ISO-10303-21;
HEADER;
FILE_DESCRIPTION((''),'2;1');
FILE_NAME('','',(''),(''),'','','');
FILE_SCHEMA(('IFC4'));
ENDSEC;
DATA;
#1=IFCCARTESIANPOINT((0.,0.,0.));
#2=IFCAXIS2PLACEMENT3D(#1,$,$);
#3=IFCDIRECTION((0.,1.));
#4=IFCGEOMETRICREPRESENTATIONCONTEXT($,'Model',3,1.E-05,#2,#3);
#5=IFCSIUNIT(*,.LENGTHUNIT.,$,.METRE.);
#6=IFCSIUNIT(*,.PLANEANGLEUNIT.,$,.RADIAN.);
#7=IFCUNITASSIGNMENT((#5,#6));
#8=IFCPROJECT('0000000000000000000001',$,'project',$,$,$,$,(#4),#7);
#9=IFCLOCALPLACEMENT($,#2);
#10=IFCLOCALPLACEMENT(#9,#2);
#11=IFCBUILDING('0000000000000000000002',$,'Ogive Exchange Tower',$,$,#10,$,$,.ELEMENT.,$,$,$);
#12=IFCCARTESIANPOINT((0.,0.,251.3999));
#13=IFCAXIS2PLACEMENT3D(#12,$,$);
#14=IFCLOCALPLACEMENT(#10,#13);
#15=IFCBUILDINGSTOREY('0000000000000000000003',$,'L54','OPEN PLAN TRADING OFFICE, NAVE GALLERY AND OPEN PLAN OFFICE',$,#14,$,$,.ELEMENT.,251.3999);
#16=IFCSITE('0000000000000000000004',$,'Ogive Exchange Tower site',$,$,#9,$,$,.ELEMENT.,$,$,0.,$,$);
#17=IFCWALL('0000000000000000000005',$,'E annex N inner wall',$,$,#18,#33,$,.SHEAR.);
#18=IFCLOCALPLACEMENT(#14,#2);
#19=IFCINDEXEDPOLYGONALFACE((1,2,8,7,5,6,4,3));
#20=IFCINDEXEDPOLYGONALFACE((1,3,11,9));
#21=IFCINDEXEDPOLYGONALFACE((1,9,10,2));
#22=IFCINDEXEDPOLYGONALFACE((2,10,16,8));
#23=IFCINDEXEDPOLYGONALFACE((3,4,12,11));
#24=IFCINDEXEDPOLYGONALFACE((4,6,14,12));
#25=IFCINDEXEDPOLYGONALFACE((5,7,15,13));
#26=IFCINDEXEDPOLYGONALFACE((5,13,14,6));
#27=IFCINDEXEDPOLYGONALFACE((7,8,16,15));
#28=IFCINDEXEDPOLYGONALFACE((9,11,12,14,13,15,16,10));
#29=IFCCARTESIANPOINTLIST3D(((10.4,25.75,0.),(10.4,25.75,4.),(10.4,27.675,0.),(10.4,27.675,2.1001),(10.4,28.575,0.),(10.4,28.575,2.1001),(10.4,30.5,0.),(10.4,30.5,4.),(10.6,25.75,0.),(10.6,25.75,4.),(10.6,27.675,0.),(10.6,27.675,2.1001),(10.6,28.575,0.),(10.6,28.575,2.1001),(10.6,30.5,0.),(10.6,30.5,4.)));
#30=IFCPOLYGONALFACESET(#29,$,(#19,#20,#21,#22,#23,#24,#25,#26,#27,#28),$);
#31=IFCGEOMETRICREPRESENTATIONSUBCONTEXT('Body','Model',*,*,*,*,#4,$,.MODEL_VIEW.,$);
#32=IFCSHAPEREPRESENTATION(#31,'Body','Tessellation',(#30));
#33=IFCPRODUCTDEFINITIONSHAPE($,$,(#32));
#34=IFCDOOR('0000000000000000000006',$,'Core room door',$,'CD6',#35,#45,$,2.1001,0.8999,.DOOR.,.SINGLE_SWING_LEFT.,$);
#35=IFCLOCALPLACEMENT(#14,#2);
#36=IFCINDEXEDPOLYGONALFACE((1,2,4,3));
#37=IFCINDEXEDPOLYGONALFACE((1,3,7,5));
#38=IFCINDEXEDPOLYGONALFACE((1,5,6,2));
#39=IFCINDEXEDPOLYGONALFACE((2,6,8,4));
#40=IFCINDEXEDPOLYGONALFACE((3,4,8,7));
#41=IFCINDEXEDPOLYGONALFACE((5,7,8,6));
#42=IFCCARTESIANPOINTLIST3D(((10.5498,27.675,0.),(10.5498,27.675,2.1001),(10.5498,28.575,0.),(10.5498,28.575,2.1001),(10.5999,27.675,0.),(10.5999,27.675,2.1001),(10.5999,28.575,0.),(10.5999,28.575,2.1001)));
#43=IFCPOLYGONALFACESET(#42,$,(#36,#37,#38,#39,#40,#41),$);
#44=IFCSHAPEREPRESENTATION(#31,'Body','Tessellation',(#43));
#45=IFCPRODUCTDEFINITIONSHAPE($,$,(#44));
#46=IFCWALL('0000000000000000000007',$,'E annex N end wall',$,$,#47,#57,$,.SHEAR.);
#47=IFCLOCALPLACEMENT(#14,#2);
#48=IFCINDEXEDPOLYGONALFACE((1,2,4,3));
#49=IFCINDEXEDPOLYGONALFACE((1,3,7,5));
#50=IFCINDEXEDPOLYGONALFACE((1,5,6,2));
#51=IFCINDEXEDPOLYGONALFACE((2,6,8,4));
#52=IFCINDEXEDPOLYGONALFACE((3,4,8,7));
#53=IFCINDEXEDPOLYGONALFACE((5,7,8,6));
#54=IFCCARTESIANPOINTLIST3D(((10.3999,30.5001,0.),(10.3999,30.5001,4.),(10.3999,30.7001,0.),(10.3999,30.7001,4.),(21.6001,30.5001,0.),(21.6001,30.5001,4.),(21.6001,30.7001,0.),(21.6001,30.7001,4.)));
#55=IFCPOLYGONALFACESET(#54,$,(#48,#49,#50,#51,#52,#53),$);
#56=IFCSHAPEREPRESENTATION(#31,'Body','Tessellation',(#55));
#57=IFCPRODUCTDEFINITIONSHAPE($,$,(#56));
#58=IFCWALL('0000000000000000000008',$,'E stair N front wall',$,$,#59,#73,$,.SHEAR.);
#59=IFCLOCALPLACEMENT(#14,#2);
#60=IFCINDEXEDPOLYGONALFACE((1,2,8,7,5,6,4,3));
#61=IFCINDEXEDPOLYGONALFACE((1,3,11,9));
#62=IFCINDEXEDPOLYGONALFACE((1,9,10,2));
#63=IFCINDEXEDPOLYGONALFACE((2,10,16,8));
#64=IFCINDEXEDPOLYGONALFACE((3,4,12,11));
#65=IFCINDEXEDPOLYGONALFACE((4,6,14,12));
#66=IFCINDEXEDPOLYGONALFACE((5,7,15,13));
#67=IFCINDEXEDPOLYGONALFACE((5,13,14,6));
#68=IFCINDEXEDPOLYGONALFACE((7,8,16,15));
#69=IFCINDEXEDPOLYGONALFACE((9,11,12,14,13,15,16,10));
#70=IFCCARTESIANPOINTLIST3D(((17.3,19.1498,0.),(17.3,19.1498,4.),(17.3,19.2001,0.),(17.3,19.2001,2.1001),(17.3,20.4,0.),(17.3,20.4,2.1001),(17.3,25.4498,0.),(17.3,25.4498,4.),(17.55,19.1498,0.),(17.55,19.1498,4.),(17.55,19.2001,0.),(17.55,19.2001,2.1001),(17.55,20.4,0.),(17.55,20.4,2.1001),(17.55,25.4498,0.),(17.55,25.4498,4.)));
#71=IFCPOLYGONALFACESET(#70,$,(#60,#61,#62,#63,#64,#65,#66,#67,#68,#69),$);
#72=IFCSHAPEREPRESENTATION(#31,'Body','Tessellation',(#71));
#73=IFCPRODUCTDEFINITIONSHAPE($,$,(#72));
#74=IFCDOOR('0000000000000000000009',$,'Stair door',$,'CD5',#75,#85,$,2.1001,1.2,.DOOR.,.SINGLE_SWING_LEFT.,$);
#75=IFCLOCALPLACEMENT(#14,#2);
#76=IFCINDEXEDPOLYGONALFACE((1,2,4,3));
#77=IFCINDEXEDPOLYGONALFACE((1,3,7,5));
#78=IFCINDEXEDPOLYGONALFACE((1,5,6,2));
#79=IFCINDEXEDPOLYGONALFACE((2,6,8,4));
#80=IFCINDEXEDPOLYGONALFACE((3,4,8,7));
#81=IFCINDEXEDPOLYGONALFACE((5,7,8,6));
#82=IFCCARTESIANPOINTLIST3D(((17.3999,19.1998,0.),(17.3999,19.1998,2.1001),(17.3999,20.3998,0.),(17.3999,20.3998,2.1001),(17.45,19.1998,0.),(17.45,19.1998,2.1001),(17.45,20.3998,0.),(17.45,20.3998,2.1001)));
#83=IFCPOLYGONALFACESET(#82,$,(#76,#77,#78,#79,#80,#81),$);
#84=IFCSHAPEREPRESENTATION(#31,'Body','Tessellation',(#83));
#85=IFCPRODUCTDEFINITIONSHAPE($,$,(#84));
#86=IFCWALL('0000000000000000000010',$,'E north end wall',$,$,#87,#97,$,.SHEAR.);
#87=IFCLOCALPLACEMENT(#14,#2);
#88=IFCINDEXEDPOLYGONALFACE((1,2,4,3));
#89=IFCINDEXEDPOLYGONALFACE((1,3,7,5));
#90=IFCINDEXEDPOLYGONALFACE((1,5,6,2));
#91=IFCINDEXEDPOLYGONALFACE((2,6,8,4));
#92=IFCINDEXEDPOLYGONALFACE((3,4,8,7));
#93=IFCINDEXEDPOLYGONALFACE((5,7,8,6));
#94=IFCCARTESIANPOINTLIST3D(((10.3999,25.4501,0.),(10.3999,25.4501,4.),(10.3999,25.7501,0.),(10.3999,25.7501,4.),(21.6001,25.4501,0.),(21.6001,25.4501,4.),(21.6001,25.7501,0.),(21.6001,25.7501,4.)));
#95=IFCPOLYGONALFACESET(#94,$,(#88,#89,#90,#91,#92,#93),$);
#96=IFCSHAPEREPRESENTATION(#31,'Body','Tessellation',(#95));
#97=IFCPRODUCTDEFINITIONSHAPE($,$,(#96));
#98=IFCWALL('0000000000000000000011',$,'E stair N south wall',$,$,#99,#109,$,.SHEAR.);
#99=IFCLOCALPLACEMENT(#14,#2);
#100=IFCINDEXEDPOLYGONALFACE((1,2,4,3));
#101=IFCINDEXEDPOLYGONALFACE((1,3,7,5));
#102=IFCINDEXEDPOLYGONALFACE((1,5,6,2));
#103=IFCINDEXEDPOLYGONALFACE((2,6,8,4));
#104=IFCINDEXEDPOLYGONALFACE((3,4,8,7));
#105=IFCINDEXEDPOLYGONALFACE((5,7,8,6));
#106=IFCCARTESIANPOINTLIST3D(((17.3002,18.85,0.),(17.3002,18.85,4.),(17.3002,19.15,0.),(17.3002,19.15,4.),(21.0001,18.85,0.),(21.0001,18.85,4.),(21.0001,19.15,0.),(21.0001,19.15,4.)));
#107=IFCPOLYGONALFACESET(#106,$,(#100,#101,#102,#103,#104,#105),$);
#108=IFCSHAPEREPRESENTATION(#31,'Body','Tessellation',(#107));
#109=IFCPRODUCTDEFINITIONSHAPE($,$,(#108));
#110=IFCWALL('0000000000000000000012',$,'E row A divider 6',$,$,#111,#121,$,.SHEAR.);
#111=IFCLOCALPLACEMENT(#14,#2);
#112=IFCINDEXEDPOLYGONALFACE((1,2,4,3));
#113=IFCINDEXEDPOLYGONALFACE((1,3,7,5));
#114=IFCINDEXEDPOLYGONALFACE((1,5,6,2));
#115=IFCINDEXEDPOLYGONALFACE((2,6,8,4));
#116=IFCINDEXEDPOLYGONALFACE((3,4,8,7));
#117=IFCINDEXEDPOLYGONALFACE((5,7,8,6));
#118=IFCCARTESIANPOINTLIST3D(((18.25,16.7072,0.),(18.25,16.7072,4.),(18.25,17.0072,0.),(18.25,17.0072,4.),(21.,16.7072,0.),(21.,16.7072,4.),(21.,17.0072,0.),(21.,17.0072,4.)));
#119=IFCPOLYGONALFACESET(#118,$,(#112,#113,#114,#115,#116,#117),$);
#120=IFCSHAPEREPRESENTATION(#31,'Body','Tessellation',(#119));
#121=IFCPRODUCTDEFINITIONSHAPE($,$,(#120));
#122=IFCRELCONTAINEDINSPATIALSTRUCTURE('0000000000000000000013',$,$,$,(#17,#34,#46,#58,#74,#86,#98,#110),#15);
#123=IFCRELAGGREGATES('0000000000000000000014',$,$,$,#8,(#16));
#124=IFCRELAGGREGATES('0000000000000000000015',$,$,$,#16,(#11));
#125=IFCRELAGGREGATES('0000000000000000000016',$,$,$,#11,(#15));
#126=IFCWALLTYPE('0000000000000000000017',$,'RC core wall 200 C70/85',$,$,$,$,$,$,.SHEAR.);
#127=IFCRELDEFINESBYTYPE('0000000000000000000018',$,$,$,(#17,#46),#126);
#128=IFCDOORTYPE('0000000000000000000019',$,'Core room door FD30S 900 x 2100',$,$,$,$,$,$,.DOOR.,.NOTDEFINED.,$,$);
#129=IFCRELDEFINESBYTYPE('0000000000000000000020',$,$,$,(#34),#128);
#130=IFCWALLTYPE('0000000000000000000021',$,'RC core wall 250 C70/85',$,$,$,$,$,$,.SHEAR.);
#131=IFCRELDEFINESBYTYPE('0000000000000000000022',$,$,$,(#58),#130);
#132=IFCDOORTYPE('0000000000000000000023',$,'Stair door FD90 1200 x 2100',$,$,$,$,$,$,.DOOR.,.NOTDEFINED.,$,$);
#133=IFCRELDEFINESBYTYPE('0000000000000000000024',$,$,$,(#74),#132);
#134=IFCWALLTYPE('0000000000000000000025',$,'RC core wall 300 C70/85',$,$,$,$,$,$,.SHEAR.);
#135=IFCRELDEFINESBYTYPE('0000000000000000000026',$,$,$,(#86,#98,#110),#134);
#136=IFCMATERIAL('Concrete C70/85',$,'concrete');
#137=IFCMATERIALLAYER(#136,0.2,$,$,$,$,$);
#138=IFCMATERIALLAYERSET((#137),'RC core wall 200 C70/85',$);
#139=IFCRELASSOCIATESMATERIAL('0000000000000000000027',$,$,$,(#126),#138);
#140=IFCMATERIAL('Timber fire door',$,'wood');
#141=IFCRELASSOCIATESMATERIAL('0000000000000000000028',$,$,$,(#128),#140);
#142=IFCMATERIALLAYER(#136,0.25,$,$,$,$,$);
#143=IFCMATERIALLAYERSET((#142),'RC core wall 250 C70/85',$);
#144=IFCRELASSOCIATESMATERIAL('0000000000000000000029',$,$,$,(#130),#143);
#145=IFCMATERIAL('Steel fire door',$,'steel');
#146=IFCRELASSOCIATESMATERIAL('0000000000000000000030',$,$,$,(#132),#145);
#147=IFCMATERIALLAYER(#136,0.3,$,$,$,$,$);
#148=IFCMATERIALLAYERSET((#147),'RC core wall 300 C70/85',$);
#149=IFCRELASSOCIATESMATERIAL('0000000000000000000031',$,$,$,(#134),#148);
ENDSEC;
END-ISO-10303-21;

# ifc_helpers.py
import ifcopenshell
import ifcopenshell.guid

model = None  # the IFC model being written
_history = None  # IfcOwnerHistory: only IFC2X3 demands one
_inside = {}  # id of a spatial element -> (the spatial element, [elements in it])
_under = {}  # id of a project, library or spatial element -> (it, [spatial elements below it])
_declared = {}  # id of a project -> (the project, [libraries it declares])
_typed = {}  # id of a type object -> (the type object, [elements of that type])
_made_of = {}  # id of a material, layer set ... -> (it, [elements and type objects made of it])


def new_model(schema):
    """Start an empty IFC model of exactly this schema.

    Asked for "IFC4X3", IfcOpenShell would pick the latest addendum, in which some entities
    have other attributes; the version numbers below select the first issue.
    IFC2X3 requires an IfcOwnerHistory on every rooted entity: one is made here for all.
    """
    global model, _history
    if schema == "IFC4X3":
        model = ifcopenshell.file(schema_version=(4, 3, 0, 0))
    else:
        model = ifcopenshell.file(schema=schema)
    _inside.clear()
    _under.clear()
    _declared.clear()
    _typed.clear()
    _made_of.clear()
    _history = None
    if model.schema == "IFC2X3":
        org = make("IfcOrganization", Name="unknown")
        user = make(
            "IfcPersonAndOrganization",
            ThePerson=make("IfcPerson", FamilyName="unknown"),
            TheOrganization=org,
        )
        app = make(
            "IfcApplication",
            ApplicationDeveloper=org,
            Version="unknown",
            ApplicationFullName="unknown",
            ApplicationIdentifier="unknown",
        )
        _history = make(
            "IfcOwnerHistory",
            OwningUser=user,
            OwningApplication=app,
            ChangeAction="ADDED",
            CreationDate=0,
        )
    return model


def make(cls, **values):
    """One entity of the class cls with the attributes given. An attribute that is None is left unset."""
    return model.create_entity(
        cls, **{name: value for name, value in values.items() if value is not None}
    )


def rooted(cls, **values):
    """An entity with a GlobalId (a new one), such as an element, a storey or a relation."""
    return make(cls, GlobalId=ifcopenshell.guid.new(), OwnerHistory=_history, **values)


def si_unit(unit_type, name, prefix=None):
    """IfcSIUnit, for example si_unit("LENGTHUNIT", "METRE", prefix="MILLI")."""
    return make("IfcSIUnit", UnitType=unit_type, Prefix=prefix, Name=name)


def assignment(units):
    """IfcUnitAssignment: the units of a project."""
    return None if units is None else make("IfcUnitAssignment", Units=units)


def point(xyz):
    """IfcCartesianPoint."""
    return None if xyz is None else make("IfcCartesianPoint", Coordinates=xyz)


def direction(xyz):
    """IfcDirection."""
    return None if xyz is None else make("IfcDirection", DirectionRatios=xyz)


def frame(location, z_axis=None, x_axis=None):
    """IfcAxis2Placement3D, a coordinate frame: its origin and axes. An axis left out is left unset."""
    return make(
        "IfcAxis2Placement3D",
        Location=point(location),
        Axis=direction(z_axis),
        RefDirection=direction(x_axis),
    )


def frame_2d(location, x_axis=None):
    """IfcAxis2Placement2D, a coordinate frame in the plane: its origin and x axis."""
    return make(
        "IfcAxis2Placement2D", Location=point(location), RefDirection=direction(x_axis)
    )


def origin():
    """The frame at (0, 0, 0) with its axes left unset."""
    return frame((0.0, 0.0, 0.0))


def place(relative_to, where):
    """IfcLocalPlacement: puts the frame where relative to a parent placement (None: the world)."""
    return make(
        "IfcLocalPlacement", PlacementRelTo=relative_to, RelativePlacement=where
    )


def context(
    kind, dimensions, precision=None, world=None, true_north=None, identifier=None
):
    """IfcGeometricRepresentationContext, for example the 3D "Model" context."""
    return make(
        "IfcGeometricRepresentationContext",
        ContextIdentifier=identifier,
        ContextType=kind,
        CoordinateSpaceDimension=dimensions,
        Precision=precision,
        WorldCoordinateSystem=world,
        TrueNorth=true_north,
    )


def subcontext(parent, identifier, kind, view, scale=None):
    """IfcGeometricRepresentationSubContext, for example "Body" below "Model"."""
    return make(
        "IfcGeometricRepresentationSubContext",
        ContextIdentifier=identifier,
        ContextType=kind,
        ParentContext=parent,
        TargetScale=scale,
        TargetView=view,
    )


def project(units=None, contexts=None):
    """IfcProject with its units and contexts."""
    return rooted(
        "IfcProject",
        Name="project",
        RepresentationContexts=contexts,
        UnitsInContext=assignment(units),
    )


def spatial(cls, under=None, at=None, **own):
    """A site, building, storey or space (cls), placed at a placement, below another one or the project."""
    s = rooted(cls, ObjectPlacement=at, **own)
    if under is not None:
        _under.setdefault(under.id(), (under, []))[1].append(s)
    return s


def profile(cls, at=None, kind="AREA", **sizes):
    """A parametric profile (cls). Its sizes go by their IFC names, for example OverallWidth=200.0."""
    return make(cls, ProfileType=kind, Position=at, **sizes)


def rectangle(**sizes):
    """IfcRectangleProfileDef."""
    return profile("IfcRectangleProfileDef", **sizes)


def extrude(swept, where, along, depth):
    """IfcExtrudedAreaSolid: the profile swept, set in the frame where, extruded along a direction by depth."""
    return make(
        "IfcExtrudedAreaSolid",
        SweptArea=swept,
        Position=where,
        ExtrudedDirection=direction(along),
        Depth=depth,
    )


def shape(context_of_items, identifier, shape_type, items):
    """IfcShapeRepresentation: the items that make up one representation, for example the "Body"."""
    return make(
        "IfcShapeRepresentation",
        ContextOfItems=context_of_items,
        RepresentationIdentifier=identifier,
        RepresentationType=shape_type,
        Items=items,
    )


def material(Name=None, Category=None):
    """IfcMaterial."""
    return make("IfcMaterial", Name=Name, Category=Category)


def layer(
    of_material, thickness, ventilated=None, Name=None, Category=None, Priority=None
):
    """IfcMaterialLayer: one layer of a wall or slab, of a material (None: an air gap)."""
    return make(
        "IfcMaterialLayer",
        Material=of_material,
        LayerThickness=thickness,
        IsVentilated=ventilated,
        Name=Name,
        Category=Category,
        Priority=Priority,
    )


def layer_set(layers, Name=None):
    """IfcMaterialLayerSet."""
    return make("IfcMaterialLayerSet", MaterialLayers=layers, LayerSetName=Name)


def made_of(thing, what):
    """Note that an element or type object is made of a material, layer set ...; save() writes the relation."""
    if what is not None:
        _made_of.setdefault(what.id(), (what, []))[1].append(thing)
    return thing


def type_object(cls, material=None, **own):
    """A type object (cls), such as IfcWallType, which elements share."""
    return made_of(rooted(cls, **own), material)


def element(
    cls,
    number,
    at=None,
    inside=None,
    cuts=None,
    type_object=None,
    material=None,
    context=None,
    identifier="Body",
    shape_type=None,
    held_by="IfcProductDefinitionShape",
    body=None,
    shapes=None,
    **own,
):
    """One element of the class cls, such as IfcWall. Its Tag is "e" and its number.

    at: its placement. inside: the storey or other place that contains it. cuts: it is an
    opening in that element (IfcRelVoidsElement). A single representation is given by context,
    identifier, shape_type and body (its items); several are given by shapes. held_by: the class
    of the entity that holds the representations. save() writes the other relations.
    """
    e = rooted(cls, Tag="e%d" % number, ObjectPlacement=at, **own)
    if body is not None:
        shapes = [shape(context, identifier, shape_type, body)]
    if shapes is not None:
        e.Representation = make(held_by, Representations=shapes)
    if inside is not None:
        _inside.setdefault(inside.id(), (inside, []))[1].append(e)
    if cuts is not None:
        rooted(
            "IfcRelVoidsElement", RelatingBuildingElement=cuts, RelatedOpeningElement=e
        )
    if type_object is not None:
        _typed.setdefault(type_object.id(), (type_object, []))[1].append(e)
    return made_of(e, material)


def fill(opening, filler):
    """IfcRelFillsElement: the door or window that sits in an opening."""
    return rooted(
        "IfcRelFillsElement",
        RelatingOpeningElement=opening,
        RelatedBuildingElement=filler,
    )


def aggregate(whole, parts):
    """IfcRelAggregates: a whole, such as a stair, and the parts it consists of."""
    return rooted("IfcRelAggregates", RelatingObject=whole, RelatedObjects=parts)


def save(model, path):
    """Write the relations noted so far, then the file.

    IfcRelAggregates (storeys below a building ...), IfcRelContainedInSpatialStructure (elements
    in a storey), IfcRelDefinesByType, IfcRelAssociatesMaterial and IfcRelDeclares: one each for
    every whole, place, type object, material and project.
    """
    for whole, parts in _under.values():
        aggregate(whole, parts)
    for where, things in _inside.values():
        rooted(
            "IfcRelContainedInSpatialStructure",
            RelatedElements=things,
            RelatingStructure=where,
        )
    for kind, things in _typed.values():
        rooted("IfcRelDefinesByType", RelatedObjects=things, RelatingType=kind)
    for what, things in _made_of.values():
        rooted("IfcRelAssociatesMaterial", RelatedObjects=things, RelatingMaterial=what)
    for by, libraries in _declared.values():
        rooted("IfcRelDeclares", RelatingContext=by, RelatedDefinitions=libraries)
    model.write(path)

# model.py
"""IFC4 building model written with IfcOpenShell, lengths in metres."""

from ifc_helpers import new_model, si_unit, direction, frame, frame_2d, origin, place, context, subcontext, project, spatial, rectangle, extrude, material, layer, layer_set, type_object, element, fill, save


model = new_model("IFC4")

# Units and contexts
model_context = context("Model", 3, precision=1e-05, world=origin(), true_north=direction((0.0, 1.0)))
body_context = subcontext(model_context, "Body", "Model", "MODEL_VIEW")
ifc_project = project(units=[si_unit("LENGTHUNIT", "METRE"), si_unit("PLANEANGLEUNIT", "RADIAN")], contexts=[model_context])

# Site, building, storey
site_placement = place(None, origin())
site = spatial("IfcSite", under=ifc_project, at=site_placement, Name="Ogive Exchange Tower site", CompositionType="ELEMENT", RefElevation=0.0)
building_placement = place(site_placement, origin())
building = spatial("IfcBuilding", under=site, at=building_placement, Name="Ogive Exchange Tower", CompositionType="ELEMENT")
storey_placement = place(building_placement, frame((0.0, 0.0, 251.3999)))
storey = spatial("IfcBuildingStorey", under=building, at=storey_placement, Name="L54", Description="OPEN PLAN TRADING OFFICE, NAVE GALLERY AND OPEN PLAN OFFICE", CompositionType="ELEMENT", Elevation=251.3999)

# Wall, opening, door
ifc_material_1 = material(Name="Concrete C70/85", Category="concrete")
ifc_layer_1 = layer(ifc_material_1, 0.2)
ifc_layer_set_1 = layer_set([ifc_layer_1], Name="RC core wall 200 C70/85")
wall_type_1 = type_object("IfcWallType", Name="RC core wall 200 C70/85", PredefinedType="SHEAR", material=ifc_layer_set_1)
wall_1_placement = place(storey_placement, frame((10.5, 25.75, 0.0), z_axis=(0.0, 0.0, 1.0), x_axis=(0.0, 1.0, 0.0)))
wall_1 = element("IfcWall", 1, at=wall_1_placement, inside=storey, type_object=wall_type_1, Name="E annex N inner wall", PredefinedType="SHEAR", context=body_context, shape_type="SweptSolid", body=[
    extrude(rectangle(XDim=4.75, YDim=0.2, at=frame_2d((2.375, 0.0))), origin(), (0.0, 0.0, 1.0), 4.0),
])
opening_1_placement = place(wall_1_placement, frame((1.925, 0.0, 0.0)))
opening_1 = element("IfcOpeningElement", 2, at=opening_1_placement, cuts=wall_1, PredefinedType="OPENING", context=body_context, shape_type="SweptSolid", body=[
    extrude(rectangle(XDim=0.8999, YDim=2.1001, at=frame_2d((0.45, 1.05))), frame((0.0, 0.1099, 0.0), z_axis=(0.0, -1.0, 0.0), x_axis=(1.0, 0.0, 0.0)), (0.0, 0.0, 1.0), 0.22),
])
ifc_material_2 = material(Name="Timber fire door", Category="wood")
door_type_1 = type_object("IfcDoorType", Name="Core room door FD30S 900 x 2100", OperationType="NOTDEFINED", PredefinedType="DOOR", material=ifc_material_2)
door_1_placement = place(opening_1_placement, origin())
door_1 = element("IfcDoor", 3, at=door_1_placement, inside=storey, type_object=door_type_1, Name="Core room door", ObjectType="CD6", OperationType="SINGLE_SWING_LEFT", OverallHeight=2.1001, OverallWidth=0.8999, PredefinedType="DOOR", context=body_context, shape_type="SweptSolid", body=[
    extrude(rectangle(XDim=0.8999, YDim=2.1001, at=frame_2d((0.45, 1.05))), frame((0.0, -0.0498, 0.0), z_axis=(0.0, -1.0, 0.0), x_axis=(1.0, 0.0, 0.0)), (0.0, 0.0, 1.0), 0.05),
])
fill(opening_1, door_1)

# Wall
wall_2_placement = place(storey_placement, frame((10.3999, 30.6001, 0.0), z_axis=(0.0, 0.0, 1.0), x_axis=(1.0, 0.0, 0.0)))
element("IfcWall", 4, at=wall_2_placement, inside=storey, type_object=wall_type_1, Name="E annex N end wall", PredefinedType="SHEAR", context=body_context, shape_type="SweptSolid", body=[
    extrude(rectangle(XDim=11.2002, YDim=0.2, at=frame_2d((5.6001, 0.0))), origin(), (0.0, 0.0, 1.0), 4.0),
])

# Wall, opening, door
ifc_layer_2 = layer(ifc_material_1, 0.25)
ifc_layer_set_2 = layer_set([ifc_layer_2], Name="RC core wall 250 C70/85")
wall_type_2 = type_object("IfcWallType", Name="RC core wall 250 C70/85", PredefinedType="SHEAR", material=ifc_layer_set_2)
wall_3_placement = place(storey_placement, frame((17.425, 19.1499, 0.0), z_axis=(0.0, 0.0, 1.0), x_axis=(0.0, 1.0, 0.0)))
wall_3 = element("IfcWall", 5, at=wall_3_placement, inside=storey, type_object=wall_type_2, Name="E stair N front wall", PredefinedType="SHEAR", context=body_context, shape_type="SweptSolid", body=[
    extrude(rectangle(XDim=6.3, YDim=0.25, at=frame_2d((3.1499, 0.0))), origin(), (0.0, 0.0, 1.0), 4.0),
])
opening_2_placement = place(wall_3_placement, frame((0.05, 0.0, 0.0)))
opening_2 = element("IfcOpeningElement", 6, at=opening_2_placement, cuts=wall_3, PredefinedType="OPENING", context=body_context, shape_type="SweptSolid", body=[
    extrude(rectangle(XDim=1.2, YDim=2.1001, at=frame_2d((0.6001, 1.05))), frame((0.0, 0.135, 0.0), z_axis=(0.0, -1.0, 0.0), x_axis=(1.0, 0.0, 0.0)), (0.0, 0.0, 1.0), 0.27),
])
ifc_material_3 = material(Name="Steel fire door", Category="steel")
door_type_2 = type_object("IfcDoorType", Name="Stair door FD90 1200 x 2100", OperationType="NOTDEFINED", PredefinedType="DOOR", material=ifc_material_3)
door_2_placement = place(opening_2_placement, frame((1.2, 0.0, 0.0), z_axis=(0.0, 0.0, 1.0), x_axis=(-1.0, 0.0, 0.0)))
door_2 = element("IfcDoor", 7, at=door_2_placement, inside=storey, type_object=door_type_2, Name="Stair door", ObjectType="CD5", OperationType="SINGLE_SWING_LEFT", OverallHeight=2.1001, OverallWidth=1.2, PredefinedType="DOOR", context=body_context, shape_type="SweptSolid", body=[
    extrude(rectangle(XDim=1.2, YDim=2.1001, at=frame_2d((0.6001, 1.05))), frame((0.0, 0.0249, 0.0), z_axis=(0.0, -1.0, 0.0), x_axis=(1.0, 0.0, 0.0)), (0.0, 0.0, 1.0), 0.05),
])
fill(opening_2, door_2)

# Walls
ifc_layer_3 = layer(ifc_material_1, 0.3)
ifc_layer_set_3 = layer_set([ifc_layer_3], Name="RC core wall 300 C70/85")
wall_type_3 = type_object("IfcWallType", Name="RC core wall 300 C70/85", PredefinedType="SHEAR", material=ifc_layer_set_3)
wall_4_placement = place(storey_placement, frame((10.3999, 25.6001, 0.0), z_axis=(0.0, 0.0, 1.0), x_axis=(1.0, 0.0, 0.0)))
element("IfcWall", 8, at=wall_4_placement, inside=storey, type_object=wall_type_3, Name="E north end wall", PredefinedType="SHEAR", context=body_context, shape_type="SweptSolid", body=[
    extrude(rectangle(XDim=11.2002, YDim=0.3, at=frame_2d((5.6001, 0.0))), origin(), (0.0, 0.0, 1.0), 4.0),
])
wall_5_placement = place(storey_placement, frame((17.3, 19.0, 0.0), z_axis=(0.0, 0.0, 1.0), x_axis=(1.0, 0.0, 0.0)))
element("IfcWall", 9, at=wall_5_placement, inside=storey, type_object=wall_type_3, Name="E stair N south wall", PredefinedType="SHEAR", context=body_context, shape_type="SweptSolid", body=[
    extrude(rectangle(XDim=3.7, YDim=0.3, at=frame_2d((1.8501, 0.0))), origin(), (0.0, 0.0, 1.0), 4.0),
])
wall_6_placement = place(storey_placement, frame((18.25, 16.8572, 0.0), z_axis=(0.0, 0.0, 1.0), x_axis=(1.0, 0.0, 0.0)))
element("IfcWall", 10, at=wall_6_placement, inside=storey, type_object=wall_type_3, Name="E row A divider 6", PredefinedType="SHEAR", context=body_context, shape_type="SweptSolid", body=[
    extrude(rectangle(XDim=2.75, YDim=0.3, at=frame_2d((1.375, 0.0))), origin(), (0.0, 0.0, 1.0), 4.0),
])

save(model, "model.ifc")
